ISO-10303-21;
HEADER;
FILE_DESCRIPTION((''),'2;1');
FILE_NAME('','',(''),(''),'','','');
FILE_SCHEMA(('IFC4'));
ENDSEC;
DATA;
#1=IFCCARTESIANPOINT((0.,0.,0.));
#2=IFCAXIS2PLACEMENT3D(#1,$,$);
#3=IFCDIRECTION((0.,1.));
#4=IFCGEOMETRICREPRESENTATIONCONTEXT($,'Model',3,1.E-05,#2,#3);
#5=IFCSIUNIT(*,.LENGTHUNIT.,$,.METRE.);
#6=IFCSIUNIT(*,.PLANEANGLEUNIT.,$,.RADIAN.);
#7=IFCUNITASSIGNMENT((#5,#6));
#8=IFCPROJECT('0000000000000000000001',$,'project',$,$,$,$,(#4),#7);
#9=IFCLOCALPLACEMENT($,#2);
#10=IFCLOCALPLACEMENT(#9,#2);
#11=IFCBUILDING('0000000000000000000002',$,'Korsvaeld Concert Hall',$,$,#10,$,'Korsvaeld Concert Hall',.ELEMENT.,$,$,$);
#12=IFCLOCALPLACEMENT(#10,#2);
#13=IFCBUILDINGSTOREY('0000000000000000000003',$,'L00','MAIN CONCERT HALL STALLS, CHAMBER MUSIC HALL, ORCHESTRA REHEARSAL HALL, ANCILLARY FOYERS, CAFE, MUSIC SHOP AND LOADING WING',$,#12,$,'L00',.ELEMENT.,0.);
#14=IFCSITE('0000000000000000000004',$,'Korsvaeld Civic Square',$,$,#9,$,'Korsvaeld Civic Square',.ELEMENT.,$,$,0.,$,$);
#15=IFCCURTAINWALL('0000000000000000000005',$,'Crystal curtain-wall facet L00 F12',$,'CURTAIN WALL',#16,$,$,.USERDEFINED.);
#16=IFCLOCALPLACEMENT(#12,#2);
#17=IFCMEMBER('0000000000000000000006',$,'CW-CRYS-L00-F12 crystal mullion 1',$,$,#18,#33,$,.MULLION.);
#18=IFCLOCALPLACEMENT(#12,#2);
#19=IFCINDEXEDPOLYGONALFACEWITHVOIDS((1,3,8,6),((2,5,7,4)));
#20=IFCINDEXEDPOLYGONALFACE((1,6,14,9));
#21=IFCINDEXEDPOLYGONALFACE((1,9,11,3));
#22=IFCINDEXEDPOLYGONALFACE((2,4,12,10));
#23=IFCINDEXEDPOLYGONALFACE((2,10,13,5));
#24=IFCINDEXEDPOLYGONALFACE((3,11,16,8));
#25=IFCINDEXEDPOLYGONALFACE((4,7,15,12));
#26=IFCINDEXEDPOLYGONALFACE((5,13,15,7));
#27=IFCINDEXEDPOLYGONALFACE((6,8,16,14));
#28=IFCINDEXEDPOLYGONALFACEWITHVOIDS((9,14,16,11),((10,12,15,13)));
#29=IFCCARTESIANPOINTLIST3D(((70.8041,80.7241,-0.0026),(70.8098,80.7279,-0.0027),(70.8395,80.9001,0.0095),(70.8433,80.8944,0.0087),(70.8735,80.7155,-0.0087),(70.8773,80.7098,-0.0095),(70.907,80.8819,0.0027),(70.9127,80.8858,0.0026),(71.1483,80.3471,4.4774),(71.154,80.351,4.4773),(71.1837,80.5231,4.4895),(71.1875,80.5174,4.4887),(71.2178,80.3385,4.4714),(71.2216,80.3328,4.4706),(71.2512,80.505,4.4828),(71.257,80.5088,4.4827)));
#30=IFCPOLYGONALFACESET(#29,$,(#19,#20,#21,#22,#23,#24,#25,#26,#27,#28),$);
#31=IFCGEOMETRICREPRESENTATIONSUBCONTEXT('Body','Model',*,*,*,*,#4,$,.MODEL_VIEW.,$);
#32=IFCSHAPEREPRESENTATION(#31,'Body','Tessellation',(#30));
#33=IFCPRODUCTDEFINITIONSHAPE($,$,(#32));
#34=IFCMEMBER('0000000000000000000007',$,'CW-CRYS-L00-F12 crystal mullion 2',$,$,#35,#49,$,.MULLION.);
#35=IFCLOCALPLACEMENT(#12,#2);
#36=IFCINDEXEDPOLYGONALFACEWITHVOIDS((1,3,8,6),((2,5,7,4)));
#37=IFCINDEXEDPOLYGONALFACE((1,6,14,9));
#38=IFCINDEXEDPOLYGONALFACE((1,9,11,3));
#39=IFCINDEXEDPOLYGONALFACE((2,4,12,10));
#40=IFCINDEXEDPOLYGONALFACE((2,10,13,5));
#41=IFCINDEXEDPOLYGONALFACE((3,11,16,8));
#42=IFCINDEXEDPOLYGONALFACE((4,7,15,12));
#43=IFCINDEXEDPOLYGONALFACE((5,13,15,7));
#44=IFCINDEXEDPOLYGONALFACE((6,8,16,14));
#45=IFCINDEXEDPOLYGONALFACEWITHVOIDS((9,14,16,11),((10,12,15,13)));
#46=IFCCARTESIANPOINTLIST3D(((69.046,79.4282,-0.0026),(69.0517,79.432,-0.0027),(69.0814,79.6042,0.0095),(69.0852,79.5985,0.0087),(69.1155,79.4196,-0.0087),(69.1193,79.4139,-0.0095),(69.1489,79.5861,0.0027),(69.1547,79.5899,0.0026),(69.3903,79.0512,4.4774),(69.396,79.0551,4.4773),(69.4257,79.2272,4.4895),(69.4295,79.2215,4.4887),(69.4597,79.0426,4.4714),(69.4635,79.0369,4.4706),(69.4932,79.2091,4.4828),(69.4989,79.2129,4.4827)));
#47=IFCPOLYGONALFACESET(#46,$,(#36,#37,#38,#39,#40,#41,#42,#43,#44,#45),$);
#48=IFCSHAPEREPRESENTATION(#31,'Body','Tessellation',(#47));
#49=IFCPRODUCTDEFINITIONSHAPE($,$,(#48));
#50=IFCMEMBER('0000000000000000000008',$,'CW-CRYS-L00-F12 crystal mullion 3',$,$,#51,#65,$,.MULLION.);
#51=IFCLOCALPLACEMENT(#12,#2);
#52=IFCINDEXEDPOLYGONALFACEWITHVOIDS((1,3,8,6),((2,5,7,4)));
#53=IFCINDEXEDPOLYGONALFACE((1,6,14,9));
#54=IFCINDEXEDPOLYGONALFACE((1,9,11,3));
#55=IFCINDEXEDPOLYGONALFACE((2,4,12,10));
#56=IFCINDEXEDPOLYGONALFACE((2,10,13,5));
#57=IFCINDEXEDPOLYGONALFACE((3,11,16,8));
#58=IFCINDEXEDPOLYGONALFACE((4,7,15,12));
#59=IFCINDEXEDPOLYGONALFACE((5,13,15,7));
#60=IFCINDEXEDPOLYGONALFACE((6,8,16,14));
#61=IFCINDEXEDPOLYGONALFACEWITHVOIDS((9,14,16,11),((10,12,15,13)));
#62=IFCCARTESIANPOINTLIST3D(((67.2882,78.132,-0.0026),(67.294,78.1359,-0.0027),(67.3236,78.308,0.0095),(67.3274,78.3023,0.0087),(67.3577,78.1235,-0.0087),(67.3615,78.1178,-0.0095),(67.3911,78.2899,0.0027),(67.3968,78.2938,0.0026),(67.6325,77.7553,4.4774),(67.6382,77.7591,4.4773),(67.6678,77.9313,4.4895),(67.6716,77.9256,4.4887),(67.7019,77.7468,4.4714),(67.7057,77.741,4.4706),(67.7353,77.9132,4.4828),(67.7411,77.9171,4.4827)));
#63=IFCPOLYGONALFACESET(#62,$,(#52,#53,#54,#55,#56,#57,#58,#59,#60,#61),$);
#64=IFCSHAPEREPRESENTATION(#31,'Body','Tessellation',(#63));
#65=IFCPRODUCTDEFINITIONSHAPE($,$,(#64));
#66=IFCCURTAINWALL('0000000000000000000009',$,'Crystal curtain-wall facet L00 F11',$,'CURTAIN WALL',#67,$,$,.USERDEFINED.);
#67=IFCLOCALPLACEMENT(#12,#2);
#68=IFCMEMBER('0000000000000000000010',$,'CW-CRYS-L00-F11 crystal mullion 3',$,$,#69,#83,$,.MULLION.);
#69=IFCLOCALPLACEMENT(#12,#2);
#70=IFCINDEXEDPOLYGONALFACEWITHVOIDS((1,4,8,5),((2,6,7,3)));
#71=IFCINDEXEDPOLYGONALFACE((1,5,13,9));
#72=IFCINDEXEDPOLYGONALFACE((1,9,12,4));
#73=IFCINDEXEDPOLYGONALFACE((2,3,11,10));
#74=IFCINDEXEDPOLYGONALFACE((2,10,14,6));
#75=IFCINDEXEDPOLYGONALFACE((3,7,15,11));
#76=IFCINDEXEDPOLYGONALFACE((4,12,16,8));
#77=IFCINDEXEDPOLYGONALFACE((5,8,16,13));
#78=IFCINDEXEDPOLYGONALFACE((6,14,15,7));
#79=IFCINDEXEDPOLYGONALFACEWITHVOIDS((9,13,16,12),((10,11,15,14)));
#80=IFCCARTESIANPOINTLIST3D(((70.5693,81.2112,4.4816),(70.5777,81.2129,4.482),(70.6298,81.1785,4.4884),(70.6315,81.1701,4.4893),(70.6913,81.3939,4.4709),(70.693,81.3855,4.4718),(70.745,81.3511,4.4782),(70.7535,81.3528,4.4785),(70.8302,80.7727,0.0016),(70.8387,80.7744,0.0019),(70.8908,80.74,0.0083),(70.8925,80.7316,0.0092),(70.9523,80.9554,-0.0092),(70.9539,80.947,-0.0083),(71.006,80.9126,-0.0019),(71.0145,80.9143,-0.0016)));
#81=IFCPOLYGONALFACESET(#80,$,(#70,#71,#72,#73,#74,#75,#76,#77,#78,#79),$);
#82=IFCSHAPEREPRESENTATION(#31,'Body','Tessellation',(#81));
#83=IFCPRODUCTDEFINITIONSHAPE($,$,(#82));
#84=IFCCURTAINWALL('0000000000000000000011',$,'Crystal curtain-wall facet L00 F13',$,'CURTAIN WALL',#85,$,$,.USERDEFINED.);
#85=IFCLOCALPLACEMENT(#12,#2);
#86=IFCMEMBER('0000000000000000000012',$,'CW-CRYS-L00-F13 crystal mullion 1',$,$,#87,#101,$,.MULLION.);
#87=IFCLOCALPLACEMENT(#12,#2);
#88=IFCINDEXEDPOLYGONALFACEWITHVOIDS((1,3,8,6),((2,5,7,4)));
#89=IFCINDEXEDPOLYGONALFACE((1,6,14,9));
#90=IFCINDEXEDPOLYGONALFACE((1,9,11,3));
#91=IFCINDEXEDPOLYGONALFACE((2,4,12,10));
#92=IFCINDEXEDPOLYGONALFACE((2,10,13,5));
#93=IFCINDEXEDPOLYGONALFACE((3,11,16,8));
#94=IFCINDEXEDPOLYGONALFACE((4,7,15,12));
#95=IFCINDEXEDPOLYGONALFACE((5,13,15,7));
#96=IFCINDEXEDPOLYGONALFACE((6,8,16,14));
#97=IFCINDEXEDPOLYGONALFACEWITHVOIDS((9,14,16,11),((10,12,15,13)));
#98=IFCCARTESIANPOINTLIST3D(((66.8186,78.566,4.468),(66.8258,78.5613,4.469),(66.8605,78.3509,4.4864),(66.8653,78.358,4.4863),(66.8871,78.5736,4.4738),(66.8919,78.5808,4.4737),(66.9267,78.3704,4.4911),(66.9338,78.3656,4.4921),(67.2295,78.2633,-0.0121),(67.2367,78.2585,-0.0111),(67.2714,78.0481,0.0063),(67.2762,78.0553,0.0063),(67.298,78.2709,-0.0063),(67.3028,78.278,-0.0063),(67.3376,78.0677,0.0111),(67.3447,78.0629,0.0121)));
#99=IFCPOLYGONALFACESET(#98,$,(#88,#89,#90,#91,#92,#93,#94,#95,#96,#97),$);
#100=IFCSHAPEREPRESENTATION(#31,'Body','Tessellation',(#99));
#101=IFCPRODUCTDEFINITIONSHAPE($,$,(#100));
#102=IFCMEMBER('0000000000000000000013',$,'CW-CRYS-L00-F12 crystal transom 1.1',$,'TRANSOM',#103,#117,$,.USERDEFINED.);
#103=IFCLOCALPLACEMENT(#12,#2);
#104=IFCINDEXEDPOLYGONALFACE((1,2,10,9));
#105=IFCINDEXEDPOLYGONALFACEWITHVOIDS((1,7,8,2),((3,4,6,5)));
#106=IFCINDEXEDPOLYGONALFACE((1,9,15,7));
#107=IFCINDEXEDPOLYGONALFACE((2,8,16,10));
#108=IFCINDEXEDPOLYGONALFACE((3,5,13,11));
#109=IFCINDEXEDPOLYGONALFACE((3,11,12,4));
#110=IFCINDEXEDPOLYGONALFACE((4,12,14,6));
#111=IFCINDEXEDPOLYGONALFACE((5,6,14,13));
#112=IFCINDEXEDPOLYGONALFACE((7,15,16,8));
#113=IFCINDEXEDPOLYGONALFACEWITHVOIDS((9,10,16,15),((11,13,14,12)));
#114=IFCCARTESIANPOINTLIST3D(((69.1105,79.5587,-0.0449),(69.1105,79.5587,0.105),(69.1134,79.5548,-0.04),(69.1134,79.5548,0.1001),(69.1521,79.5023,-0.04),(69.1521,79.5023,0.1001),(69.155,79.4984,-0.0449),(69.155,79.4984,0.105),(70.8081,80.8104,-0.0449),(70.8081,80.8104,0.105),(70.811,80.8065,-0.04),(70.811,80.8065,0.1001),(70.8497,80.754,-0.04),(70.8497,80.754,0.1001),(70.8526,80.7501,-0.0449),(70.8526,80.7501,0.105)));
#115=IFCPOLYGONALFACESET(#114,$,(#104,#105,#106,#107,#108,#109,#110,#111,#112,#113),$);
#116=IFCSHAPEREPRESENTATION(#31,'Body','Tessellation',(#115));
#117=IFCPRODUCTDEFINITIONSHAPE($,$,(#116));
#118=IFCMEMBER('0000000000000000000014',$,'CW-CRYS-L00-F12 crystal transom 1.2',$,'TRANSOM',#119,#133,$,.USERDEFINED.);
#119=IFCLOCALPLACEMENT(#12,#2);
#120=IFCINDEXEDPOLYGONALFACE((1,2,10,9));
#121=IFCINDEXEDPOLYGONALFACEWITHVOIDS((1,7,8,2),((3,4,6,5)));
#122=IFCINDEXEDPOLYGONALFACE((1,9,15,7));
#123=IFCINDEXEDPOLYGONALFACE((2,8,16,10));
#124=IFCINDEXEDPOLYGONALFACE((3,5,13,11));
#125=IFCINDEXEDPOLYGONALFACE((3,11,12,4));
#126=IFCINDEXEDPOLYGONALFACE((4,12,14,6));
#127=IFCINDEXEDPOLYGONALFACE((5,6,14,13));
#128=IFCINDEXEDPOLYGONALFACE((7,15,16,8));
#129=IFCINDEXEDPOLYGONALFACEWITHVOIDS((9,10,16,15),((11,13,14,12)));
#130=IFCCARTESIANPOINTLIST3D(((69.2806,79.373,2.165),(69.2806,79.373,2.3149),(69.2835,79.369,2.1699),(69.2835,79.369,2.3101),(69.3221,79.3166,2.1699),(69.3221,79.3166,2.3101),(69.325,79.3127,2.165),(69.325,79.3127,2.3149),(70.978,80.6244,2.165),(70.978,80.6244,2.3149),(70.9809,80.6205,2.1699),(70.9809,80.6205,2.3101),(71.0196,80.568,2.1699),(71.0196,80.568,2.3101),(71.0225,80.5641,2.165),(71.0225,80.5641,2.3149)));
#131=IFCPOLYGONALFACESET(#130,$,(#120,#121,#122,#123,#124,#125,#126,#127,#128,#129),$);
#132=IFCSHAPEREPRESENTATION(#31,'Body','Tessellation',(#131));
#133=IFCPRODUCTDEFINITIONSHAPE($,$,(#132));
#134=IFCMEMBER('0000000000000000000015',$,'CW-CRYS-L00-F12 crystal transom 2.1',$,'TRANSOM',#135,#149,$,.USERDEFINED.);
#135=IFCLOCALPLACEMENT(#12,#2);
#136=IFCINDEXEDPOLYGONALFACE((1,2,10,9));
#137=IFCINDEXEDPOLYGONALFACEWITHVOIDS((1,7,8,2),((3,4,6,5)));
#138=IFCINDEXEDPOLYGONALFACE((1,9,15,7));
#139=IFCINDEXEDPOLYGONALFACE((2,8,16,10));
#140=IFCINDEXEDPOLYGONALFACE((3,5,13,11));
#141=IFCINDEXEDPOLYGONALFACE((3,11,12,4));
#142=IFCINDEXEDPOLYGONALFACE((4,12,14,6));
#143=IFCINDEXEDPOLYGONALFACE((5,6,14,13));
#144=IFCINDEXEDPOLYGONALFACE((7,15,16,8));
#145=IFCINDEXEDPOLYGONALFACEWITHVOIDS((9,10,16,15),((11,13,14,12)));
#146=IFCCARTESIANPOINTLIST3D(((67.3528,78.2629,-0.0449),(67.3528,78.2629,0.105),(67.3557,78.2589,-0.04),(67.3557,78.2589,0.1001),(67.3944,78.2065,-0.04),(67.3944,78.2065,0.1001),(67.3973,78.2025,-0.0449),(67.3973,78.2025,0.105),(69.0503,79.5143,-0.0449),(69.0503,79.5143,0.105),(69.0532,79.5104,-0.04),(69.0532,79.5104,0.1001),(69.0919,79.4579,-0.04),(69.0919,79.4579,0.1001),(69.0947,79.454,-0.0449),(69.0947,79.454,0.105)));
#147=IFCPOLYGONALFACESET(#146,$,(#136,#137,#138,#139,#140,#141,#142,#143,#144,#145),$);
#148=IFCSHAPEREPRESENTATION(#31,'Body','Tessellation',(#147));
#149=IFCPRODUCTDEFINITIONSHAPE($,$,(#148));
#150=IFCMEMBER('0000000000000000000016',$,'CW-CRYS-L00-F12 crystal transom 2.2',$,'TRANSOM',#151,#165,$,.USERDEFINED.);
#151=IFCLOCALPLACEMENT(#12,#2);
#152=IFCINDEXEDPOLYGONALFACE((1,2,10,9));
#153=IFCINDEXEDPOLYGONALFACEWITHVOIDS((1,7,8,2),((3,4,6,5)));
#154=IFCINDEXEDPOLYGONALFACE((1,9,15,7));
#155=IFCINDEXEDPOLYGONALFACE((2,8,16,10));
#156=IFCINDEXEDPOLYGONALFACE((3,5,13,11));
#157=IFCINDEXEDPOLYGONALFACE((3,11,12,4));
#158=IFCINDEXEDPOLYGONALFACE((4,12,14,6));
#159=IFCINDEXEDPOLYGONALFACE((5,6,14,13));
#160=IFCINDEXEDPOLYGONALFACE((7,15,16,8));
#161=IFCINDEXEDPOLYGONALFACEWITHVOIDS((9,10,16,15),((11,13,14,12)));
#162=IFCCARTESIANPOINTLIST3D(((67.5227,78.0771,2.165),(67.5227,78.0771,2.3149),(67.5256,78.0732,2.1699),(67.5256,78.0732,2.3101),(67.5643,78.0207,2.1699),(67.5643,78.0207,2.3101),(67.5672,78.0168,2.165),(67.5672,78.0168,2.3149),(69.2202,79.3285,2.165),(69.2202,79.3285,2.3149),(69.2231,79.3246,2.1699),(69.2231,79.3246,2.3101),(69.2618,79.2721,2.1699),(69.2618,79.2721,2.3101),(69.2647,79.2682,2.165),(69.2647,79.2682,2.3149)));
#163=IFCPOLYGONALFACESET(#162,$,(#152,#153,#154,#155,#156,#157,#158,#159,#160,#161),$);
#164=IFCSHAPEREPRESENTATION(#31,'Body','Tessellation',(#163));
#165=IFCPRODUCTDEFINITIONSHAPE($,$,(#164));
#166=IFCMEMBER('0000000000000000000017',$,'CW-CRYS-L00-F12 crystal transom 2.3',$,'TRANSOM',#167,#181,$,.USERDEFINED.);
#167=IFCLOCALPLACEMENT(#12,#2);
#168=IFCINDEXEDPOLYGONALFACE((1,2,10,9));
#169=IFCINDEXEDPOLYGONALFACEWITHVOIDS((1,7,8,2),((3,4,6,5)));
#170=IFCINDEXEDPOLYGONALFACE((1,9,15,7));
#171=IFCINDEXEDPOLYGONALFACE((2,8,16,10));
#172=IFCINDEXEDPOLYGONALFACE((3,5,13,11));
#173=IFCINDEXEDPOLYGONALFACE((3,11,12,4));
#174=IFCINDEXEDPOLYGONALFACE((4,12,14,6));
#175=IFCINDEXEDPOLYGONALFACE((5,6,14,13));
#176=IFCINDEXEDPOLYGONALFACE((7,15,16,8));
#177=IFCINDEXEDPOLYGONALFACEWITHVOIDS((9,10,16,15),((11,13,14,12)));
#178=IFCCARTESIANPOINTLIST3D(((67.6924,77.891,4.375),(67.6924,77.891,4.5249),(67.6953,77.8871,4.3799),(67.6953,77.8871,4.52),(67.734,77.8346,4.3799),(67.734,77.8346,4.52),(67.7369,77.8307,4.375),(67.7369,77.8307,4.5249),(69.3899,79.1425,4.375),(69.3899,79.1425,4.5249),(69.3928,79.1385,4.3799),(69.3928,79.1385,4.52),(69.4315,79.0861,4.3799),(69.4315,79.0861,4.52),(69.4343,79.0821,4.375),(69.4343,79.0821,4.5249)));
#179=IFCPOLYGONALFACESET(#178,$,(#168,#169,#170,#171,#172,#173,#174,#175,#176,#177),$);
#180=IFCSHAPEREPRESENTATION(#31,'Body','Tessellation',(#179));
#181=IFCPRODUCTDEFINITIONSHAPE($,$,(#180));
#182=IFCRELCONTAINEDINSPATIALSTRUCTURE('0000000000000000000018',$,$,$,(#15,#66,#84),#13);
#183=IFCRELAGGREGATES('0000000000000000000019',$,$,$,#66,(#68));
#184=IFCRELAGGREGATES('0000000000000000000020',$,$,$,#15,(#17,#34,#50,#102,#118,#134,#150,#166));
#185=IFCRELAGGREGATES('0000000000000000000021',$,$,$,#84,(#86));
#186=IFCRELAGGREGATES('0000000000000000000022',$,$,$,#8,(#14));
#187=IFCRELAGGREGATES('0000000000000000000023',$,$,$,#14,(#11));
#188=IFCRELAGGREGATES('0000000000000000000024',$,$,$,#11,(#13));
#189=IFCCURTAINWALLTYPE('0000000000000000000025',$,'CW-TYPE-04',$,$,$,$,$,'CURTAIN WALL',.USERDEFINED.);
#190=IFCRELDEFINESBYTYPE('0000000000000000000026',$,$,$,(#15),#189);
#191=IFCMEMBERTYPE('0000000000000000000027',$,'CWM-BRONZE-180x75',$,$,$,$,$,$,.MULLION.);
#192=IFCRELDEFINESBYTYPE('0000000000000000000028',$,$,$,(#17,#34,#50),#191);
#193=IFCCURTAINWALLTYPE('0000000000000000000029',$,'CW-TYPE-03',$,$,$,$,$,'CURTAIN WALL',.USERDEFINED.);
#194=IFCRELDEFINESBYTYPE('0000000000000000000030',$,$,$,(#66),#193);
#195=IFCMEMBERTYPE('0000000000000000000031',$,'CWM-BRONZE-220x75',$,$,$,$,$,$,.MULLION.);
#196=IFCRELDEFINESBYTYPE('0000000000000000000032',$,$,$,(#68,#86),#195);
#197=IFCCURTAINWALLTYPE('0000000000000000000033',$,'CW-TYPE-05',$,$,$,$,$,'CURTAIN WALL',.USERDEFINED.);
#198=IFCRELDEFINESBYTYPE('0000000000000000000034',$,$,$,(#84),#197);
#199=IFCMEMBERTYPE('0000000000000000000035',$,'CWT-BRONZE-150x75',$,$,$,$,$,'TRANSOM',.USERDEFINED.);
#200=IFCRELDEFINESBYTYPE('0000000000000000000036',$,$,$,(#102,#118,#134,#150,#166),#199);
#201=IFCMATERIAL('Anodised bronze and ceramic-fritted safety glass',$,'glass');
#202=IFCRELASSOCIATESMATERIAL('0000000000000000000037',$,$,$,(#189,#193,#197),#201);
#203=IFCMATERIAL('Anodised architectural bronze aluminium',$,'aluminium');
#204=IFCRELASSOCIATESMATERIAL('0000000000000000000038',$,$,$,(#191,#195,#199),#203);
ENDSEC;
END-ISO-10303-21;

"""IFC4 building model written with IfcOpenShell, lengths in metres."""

from ifc_helpers import new_model, si_unit, direction, frame, origin, origin_2d, place, context, subcontext, project, spatial, hollow_rectangle, extrude, material, material_profile, profile_set, type_object, element, aggregate, save


model = new_model("IFC4")

# Units and contexts
model_context = context("Model", 3, precision=1e-05, world=origin(), true_north=direction((0.0, 1.0)))
body_context = subcontext(model_context, "Body", "Model", "MODEL_VIEW")
ifc_project = project(units=[si_unit("LENGTHUNIT", "METRE"), si_unit("PLANEANGLEUNIT", "RADIAN")], contexts=[model_context])

# Site, building, storey
site_placement = place(None, origin())
site = spatial("IfcSite", under=ifc_project, at=site_placement, Name="Korsvaeld Civic Square", LongName="Korsvaeld Civic Square", CompositionType="ELEMENT", RefElevation=0.0)
building_placement = place(site_placement, origin())
building = spatial("IfcBuilding", under=site, at=building_placement, Name="Korsvaeld Concert Hall", LongName="Korsvaeld Concert Hall", CompositionType="ELEMENT")
storey_placement = place(building_placement, origin())
storey = spatial("IfcBuildingStorey", under=building, at=storey_placement, Name="L00", Description="MAIN CONCERT HALL STALLS, CHAMBER MUSIC HALL, ORCHESTRA REHEARSAL HALL, ANCILLARY FOYERS, CAFE, MUSIC SHOP AND LOADING WING", LongName="L00", CompositionType="ELEMENT", Elevation=0.0)

# Curtain wall, members
ifc_material_1 = material(Name="Anodised bronze and ceramic-fritted safety glass", Category="glass")
curtain_wall_type_1 = type_object("IfcCurtainWallType", Name="CW-TYPE-04", ElementType="CURTAIN WALL", PredefinedType="USERDEFINED", material=ifc_material_1)
curtain_wall_1_placement = place(storey_placement, origin())
curtain_wall_1 = element("IfcCurtainWall", 1, at=curtain_wall_1_placement, inside=storey, type_object=curtain_wall_type_1, Name="Crystal curtain-wall facet L00 F12", ObjectType="CURTAIN WALL", PredefinedType="USERDEFINED")
ifc_material_2 = material(Name="Anodised architectural bronze aluminium", Category="aluminium")
ifc_material_profile_1 = material_profile(ifc_material_2, hollow_rectangle(XDim=0.075, YDim=0.1799, WallThickness=0.0049, at=origin_2d()), Name="CWM 180x75x5")
ifc_profile_set_1 = profile_set([ifc_material_profile_1], Name="Anodised architectural bronze aluminium")
member_type_1 = type_object("IfcMemberType", Name="CWM-BRONZE-180x75", PredefinedType="MULLION", material=ifc_profile_set_1)
member_1_placement = place(storey_placement, frame((70.8584, 80.8049, 0.0), z_axis=(0.076345, -0.083601, 0.99357), x_axis=(0.977471, -0.190385, -0.091127)))
member_1 = element("IfcMember", 2, at=member_1_placement, type_object=member_type_1, Name="CW-CRYS-L00-F12 crystal mullion 1", PredefinedType="MULLION", context=body_context, shape_type="SweptSolid", body=[
    extrude(hollow_rectangle(XDim=0.075, YDim=0.1799, WallThickness=0.0049, at=origin_2d()), origin(), (0.0, 0.0, 1.0), 4.509),
])
member_2_placement = place(storey_placement, frame((69.1003, 79.509, 0.0), z_axis=(0.076345, -0.083601, 0.99357), x_axis=(0.977471, -0.190385, -0.091127)))
member_2 = element("IfcMember", 3, at=member_2_placement, type_object=member_type_1, Name="CW-CRYS-L00-F12 crystal mullion 2", PredefinedType="MULLION", context=body_context, shape_type="SweptSolid", body=[
    extrude(hollow_rectangle(XDim=0.075, YDim=0.1799, WallThickness=0.0049, at=origin_2d()), origin(), (0.0, 0.0, 1.0), 4.509),
])
member_3_placement = place(storey_placement, frame((67.3425, 78.2129, 0.0), z_axis=(0.076346, -0.083547, 0.993575), x_axis=(0.977535, -0.190072, -0.091096)))
member_3 = element("IfcMember", 4, at=member_3_placement, type_object=member_type_1, Name="CW-CRYS-L00-F12 crystal mullion 3", PredefinedType="MULLION", context=body_context, shape_type="SweptSolid", body=[
    extrude(hollow_rectangle(XDim=0.075, YDim=0.1799, WallThickness=0.0049, at=origin_2d()), origin(), (0.0, 0.0, 1.0), 4.509),
])

# Curtain walls, members
curtain_wall_type_2 = type_object("IfcCurtainWallType", Name="CW-TYPE-03", ElementType="CURTAIN WALL", PredefinedType="USERDEFINED", material=ifc_material_1)
curtain_wall_2_placement = place(storey_placement, origin())
curtain_wall_2 = element("IfcCurtainWall", 5, at=curtain_wall_2_placement, inside=storey, type_object=curtain_wall_type_2, Name="Crystal curtain-wall facet L00 F11", ObjectType="CURTAIN WALL", PredefinedType="USERDEFINED")
ifc_material_profile_2 = material_profile(ifc_material_2, hollow_rectangle(XDim=0.075, YDim=0.22, WallThickness=0.0061, at=origin_2d()), Name="CWM 220x75x6")
ifc_profile_set_2 = profile_set([ifc_material_profile_2], Name="Anodised architectural bronze aluminium")
member_type_2 = type_object("IfcMemberType", Name="CWM-BRONZE-220x75", PredefinedType="MULLION", material=ifc_profile_set_2)
member_4_placement = place(storey_placement, frame((70.9224, 80.8435, 0.0), z_axis=(-0.057882, 0.097246, 0.993576), x_axis=(-0.83004, 0.548294, -0.102019)))
member_4 = element("IfcMember", 6, at=member_4_placement, type_object=member_type_2, Name="CW-CRYS-L00-F11 crystal mullion 3", PredefinedType="MULLION", context=body_context, shape_type="SweptSolid", body=[
    extrude(hollow_rectangle(XDim=0.075, YDim=0.22, WallThickness=0.0061, at=origin_2d()), origin(), (0.0, 0.0, 1.0), 4.509),
])
aggregate(curtain_wall_2, [member_4])
curtain_wall_type_3 = type_object("IfcCurtainWallType", Name="CW-TYPE-05", ElementType="CURTAIN WALL", PredefinedType="USERDEFINED", material=ifc_material_1)
curtain_wall_3_placement = place(storey_placement, origin())
curtain_wall_3 = element("IfcCurtainWall", 7, at=curtain_wall_3_placement, inside=storey, type_object=curtain_wall_type_3, Name="Crystal curtain-wall facet L00 F13", ObjectType="CURTAIN WALL", PredefinedType="USERDEFINED")
member_5_placement = place(storey_placement, frame((67.2871, 78.1631, 0.0), z_axis=(-0.091127, 0.067141, 0.993573), x_axis=(-0.977454, -0.196865, -0.076346)))
member_5 = element("IfcMember", 8, at=member_5_placement, type_object=member_type_2, Name="CW-CRYS-L00-F13 crystal mullion 1", PredefinedType="MULLION", context=body_context, shape_type="SweptSolid", body=[
    extrude(hollow_rectangle(XDim=0.075, YDim=0.22, WallThickness=0.0061, at=origin_2d()), origin(), (0.0, 0.0, 1.0), 4.509),
])

# Members
ifc_material_profile_3 = material_profile(ifc_material_2, hollow_rectangle(XDim=0.075, YDim=0.1499, WallThickness=0.0049, at=origin_2d()), Name="CWT 150x75x5")
ifc_profile_set_3 = profile_set([ifc_material_profile_3], Name="Anodised architectural bronze aluminium")
member_type_3 = type_object("IfcMemberType", Name="CWT-BRONZE-150x75", ElementType="TRANSOM", PredefinedType="USERDEFINED", material=ifc_profile_set_3)
member_6_placement = place(storey_placement, frame((70.8303, 80.7803, 0.03), z_axis=(-0.804849, -0.593479, 0.0), x_axis=(0.593479, -0.804849, 0.0)))
member_6 = element("IfcMember", 9, at=member_6_placement, type_object=member_type_3, Name="CW-CRYS-L00-F12 crystal transom 1.1", ObjectType="TRANSOM", PredefinedType="USERDEFINED", context=body_context, shape_type="SweptSolid", body=[
    extrude(hollow_rectangle(XDim=0.075, YDim=0.1499, WallThickness=0.0049, at=origin_2d()), origin(), (0.0, 0.0, 1.0), 2.1091),
])
member_7_placement = place(storey_placement, frame((71.0002, 80.5942, 2.24), z_axis=(-0.804905, -0.593404, 0.0), x_axis=(0.593404, -0.804905, 0.0)))
member_7 = element("IfcMember", 10, at=member_7_placement, type_object=member_type_3, Name="CW-CRYS-L00-F12 crystal transom 1.2", ObjectType="TRANSOM", PredefinedType="USERDEFINED", context=body_context, shape_type="SweptSolid", body=[
    extrude(hollow_rectangle(XDim=0.075, YDim=0.1499, WallThickness=0.0049, at=origin_2d()), origin(), (0.0, 0.0, 1.0), 2.1089),
])
member_8_placement = place(storey_placement, frame((69.0725, 79.4841, 0.03), z_axis=(-0.804905, -0.593404, 0.0), x_axis=(0.593404, -0.804905, 0.0)))
member_8 = element("IfcMember", 11, at=member_8_placement, type_object=member_type_3, Name="CW-CRYS-L00-F12 crystal transom 2.1", ObjectType="TRANSOM", PredefinedType="USERDEFINED", context=body_context, shape_type="SweptSolid", body=[
    extrude(hollow_rectangle(XDim=0.075, YDim=0.1499, WallThickness=0.0049, at=origin_2d()), origin(), (0.0, 0.0, 1.0), 2.1089),
])
member_9_placement = place(storey_placement, frame((69.2424, 79.2983, 2.24), z_axis=(-0.804905, -0.593404, 0.0), x_axis=(0.593404, -0.804905, 0.0)))
member_9 = element("IfcMember", 12, at=member_9_placement, type_object=member_type_3, Name="CW-CRYS-L00-F12 crystal transom 2.2", ObjectType="TRANSOM", PredefinedType="USERDEFINED", context=body_context, shape_type="SweptSolid", body=[
    extrude(hollow_rectangle(XDim=0.075, YDim=0.1499, WallThickness=0.0049, at=origin_2d()), origin(), (0.0, 0.0, 1.0), 2.1089),
])
member_10_placement = place(storey_placement, frame((69.4121, 79.1123, 4.45), z_axis=(-0.804905, -0.593404, 0.0), x_axis=(0.593404, -0.804905, 0.0)))
member_10 = element("IfcMember", 13, at=member_10_placement, type_object=member_type_3, Name="CW-CRYS-L00-F12 crystal transom 2.3", ObjectType="TRANSOM", PredefinedType="USERDEFINED", context=body_context, shape_type="SweptSolid", body=[
    extrude(hollow_rectangle(XDim=0.075, YDim=0.1499, WallThickness=0.0049, at=origin_2d()), origin(), (0.0, 0.0, 1.0), 2.1089),
])

aggregate(curtain_wall_1, [member_1, member_2, member_3, member_6, member_7, member_8, member_9, member_10])
aggregate(curtain_wall_3, [member_5])

save(model, "model.ifc")
